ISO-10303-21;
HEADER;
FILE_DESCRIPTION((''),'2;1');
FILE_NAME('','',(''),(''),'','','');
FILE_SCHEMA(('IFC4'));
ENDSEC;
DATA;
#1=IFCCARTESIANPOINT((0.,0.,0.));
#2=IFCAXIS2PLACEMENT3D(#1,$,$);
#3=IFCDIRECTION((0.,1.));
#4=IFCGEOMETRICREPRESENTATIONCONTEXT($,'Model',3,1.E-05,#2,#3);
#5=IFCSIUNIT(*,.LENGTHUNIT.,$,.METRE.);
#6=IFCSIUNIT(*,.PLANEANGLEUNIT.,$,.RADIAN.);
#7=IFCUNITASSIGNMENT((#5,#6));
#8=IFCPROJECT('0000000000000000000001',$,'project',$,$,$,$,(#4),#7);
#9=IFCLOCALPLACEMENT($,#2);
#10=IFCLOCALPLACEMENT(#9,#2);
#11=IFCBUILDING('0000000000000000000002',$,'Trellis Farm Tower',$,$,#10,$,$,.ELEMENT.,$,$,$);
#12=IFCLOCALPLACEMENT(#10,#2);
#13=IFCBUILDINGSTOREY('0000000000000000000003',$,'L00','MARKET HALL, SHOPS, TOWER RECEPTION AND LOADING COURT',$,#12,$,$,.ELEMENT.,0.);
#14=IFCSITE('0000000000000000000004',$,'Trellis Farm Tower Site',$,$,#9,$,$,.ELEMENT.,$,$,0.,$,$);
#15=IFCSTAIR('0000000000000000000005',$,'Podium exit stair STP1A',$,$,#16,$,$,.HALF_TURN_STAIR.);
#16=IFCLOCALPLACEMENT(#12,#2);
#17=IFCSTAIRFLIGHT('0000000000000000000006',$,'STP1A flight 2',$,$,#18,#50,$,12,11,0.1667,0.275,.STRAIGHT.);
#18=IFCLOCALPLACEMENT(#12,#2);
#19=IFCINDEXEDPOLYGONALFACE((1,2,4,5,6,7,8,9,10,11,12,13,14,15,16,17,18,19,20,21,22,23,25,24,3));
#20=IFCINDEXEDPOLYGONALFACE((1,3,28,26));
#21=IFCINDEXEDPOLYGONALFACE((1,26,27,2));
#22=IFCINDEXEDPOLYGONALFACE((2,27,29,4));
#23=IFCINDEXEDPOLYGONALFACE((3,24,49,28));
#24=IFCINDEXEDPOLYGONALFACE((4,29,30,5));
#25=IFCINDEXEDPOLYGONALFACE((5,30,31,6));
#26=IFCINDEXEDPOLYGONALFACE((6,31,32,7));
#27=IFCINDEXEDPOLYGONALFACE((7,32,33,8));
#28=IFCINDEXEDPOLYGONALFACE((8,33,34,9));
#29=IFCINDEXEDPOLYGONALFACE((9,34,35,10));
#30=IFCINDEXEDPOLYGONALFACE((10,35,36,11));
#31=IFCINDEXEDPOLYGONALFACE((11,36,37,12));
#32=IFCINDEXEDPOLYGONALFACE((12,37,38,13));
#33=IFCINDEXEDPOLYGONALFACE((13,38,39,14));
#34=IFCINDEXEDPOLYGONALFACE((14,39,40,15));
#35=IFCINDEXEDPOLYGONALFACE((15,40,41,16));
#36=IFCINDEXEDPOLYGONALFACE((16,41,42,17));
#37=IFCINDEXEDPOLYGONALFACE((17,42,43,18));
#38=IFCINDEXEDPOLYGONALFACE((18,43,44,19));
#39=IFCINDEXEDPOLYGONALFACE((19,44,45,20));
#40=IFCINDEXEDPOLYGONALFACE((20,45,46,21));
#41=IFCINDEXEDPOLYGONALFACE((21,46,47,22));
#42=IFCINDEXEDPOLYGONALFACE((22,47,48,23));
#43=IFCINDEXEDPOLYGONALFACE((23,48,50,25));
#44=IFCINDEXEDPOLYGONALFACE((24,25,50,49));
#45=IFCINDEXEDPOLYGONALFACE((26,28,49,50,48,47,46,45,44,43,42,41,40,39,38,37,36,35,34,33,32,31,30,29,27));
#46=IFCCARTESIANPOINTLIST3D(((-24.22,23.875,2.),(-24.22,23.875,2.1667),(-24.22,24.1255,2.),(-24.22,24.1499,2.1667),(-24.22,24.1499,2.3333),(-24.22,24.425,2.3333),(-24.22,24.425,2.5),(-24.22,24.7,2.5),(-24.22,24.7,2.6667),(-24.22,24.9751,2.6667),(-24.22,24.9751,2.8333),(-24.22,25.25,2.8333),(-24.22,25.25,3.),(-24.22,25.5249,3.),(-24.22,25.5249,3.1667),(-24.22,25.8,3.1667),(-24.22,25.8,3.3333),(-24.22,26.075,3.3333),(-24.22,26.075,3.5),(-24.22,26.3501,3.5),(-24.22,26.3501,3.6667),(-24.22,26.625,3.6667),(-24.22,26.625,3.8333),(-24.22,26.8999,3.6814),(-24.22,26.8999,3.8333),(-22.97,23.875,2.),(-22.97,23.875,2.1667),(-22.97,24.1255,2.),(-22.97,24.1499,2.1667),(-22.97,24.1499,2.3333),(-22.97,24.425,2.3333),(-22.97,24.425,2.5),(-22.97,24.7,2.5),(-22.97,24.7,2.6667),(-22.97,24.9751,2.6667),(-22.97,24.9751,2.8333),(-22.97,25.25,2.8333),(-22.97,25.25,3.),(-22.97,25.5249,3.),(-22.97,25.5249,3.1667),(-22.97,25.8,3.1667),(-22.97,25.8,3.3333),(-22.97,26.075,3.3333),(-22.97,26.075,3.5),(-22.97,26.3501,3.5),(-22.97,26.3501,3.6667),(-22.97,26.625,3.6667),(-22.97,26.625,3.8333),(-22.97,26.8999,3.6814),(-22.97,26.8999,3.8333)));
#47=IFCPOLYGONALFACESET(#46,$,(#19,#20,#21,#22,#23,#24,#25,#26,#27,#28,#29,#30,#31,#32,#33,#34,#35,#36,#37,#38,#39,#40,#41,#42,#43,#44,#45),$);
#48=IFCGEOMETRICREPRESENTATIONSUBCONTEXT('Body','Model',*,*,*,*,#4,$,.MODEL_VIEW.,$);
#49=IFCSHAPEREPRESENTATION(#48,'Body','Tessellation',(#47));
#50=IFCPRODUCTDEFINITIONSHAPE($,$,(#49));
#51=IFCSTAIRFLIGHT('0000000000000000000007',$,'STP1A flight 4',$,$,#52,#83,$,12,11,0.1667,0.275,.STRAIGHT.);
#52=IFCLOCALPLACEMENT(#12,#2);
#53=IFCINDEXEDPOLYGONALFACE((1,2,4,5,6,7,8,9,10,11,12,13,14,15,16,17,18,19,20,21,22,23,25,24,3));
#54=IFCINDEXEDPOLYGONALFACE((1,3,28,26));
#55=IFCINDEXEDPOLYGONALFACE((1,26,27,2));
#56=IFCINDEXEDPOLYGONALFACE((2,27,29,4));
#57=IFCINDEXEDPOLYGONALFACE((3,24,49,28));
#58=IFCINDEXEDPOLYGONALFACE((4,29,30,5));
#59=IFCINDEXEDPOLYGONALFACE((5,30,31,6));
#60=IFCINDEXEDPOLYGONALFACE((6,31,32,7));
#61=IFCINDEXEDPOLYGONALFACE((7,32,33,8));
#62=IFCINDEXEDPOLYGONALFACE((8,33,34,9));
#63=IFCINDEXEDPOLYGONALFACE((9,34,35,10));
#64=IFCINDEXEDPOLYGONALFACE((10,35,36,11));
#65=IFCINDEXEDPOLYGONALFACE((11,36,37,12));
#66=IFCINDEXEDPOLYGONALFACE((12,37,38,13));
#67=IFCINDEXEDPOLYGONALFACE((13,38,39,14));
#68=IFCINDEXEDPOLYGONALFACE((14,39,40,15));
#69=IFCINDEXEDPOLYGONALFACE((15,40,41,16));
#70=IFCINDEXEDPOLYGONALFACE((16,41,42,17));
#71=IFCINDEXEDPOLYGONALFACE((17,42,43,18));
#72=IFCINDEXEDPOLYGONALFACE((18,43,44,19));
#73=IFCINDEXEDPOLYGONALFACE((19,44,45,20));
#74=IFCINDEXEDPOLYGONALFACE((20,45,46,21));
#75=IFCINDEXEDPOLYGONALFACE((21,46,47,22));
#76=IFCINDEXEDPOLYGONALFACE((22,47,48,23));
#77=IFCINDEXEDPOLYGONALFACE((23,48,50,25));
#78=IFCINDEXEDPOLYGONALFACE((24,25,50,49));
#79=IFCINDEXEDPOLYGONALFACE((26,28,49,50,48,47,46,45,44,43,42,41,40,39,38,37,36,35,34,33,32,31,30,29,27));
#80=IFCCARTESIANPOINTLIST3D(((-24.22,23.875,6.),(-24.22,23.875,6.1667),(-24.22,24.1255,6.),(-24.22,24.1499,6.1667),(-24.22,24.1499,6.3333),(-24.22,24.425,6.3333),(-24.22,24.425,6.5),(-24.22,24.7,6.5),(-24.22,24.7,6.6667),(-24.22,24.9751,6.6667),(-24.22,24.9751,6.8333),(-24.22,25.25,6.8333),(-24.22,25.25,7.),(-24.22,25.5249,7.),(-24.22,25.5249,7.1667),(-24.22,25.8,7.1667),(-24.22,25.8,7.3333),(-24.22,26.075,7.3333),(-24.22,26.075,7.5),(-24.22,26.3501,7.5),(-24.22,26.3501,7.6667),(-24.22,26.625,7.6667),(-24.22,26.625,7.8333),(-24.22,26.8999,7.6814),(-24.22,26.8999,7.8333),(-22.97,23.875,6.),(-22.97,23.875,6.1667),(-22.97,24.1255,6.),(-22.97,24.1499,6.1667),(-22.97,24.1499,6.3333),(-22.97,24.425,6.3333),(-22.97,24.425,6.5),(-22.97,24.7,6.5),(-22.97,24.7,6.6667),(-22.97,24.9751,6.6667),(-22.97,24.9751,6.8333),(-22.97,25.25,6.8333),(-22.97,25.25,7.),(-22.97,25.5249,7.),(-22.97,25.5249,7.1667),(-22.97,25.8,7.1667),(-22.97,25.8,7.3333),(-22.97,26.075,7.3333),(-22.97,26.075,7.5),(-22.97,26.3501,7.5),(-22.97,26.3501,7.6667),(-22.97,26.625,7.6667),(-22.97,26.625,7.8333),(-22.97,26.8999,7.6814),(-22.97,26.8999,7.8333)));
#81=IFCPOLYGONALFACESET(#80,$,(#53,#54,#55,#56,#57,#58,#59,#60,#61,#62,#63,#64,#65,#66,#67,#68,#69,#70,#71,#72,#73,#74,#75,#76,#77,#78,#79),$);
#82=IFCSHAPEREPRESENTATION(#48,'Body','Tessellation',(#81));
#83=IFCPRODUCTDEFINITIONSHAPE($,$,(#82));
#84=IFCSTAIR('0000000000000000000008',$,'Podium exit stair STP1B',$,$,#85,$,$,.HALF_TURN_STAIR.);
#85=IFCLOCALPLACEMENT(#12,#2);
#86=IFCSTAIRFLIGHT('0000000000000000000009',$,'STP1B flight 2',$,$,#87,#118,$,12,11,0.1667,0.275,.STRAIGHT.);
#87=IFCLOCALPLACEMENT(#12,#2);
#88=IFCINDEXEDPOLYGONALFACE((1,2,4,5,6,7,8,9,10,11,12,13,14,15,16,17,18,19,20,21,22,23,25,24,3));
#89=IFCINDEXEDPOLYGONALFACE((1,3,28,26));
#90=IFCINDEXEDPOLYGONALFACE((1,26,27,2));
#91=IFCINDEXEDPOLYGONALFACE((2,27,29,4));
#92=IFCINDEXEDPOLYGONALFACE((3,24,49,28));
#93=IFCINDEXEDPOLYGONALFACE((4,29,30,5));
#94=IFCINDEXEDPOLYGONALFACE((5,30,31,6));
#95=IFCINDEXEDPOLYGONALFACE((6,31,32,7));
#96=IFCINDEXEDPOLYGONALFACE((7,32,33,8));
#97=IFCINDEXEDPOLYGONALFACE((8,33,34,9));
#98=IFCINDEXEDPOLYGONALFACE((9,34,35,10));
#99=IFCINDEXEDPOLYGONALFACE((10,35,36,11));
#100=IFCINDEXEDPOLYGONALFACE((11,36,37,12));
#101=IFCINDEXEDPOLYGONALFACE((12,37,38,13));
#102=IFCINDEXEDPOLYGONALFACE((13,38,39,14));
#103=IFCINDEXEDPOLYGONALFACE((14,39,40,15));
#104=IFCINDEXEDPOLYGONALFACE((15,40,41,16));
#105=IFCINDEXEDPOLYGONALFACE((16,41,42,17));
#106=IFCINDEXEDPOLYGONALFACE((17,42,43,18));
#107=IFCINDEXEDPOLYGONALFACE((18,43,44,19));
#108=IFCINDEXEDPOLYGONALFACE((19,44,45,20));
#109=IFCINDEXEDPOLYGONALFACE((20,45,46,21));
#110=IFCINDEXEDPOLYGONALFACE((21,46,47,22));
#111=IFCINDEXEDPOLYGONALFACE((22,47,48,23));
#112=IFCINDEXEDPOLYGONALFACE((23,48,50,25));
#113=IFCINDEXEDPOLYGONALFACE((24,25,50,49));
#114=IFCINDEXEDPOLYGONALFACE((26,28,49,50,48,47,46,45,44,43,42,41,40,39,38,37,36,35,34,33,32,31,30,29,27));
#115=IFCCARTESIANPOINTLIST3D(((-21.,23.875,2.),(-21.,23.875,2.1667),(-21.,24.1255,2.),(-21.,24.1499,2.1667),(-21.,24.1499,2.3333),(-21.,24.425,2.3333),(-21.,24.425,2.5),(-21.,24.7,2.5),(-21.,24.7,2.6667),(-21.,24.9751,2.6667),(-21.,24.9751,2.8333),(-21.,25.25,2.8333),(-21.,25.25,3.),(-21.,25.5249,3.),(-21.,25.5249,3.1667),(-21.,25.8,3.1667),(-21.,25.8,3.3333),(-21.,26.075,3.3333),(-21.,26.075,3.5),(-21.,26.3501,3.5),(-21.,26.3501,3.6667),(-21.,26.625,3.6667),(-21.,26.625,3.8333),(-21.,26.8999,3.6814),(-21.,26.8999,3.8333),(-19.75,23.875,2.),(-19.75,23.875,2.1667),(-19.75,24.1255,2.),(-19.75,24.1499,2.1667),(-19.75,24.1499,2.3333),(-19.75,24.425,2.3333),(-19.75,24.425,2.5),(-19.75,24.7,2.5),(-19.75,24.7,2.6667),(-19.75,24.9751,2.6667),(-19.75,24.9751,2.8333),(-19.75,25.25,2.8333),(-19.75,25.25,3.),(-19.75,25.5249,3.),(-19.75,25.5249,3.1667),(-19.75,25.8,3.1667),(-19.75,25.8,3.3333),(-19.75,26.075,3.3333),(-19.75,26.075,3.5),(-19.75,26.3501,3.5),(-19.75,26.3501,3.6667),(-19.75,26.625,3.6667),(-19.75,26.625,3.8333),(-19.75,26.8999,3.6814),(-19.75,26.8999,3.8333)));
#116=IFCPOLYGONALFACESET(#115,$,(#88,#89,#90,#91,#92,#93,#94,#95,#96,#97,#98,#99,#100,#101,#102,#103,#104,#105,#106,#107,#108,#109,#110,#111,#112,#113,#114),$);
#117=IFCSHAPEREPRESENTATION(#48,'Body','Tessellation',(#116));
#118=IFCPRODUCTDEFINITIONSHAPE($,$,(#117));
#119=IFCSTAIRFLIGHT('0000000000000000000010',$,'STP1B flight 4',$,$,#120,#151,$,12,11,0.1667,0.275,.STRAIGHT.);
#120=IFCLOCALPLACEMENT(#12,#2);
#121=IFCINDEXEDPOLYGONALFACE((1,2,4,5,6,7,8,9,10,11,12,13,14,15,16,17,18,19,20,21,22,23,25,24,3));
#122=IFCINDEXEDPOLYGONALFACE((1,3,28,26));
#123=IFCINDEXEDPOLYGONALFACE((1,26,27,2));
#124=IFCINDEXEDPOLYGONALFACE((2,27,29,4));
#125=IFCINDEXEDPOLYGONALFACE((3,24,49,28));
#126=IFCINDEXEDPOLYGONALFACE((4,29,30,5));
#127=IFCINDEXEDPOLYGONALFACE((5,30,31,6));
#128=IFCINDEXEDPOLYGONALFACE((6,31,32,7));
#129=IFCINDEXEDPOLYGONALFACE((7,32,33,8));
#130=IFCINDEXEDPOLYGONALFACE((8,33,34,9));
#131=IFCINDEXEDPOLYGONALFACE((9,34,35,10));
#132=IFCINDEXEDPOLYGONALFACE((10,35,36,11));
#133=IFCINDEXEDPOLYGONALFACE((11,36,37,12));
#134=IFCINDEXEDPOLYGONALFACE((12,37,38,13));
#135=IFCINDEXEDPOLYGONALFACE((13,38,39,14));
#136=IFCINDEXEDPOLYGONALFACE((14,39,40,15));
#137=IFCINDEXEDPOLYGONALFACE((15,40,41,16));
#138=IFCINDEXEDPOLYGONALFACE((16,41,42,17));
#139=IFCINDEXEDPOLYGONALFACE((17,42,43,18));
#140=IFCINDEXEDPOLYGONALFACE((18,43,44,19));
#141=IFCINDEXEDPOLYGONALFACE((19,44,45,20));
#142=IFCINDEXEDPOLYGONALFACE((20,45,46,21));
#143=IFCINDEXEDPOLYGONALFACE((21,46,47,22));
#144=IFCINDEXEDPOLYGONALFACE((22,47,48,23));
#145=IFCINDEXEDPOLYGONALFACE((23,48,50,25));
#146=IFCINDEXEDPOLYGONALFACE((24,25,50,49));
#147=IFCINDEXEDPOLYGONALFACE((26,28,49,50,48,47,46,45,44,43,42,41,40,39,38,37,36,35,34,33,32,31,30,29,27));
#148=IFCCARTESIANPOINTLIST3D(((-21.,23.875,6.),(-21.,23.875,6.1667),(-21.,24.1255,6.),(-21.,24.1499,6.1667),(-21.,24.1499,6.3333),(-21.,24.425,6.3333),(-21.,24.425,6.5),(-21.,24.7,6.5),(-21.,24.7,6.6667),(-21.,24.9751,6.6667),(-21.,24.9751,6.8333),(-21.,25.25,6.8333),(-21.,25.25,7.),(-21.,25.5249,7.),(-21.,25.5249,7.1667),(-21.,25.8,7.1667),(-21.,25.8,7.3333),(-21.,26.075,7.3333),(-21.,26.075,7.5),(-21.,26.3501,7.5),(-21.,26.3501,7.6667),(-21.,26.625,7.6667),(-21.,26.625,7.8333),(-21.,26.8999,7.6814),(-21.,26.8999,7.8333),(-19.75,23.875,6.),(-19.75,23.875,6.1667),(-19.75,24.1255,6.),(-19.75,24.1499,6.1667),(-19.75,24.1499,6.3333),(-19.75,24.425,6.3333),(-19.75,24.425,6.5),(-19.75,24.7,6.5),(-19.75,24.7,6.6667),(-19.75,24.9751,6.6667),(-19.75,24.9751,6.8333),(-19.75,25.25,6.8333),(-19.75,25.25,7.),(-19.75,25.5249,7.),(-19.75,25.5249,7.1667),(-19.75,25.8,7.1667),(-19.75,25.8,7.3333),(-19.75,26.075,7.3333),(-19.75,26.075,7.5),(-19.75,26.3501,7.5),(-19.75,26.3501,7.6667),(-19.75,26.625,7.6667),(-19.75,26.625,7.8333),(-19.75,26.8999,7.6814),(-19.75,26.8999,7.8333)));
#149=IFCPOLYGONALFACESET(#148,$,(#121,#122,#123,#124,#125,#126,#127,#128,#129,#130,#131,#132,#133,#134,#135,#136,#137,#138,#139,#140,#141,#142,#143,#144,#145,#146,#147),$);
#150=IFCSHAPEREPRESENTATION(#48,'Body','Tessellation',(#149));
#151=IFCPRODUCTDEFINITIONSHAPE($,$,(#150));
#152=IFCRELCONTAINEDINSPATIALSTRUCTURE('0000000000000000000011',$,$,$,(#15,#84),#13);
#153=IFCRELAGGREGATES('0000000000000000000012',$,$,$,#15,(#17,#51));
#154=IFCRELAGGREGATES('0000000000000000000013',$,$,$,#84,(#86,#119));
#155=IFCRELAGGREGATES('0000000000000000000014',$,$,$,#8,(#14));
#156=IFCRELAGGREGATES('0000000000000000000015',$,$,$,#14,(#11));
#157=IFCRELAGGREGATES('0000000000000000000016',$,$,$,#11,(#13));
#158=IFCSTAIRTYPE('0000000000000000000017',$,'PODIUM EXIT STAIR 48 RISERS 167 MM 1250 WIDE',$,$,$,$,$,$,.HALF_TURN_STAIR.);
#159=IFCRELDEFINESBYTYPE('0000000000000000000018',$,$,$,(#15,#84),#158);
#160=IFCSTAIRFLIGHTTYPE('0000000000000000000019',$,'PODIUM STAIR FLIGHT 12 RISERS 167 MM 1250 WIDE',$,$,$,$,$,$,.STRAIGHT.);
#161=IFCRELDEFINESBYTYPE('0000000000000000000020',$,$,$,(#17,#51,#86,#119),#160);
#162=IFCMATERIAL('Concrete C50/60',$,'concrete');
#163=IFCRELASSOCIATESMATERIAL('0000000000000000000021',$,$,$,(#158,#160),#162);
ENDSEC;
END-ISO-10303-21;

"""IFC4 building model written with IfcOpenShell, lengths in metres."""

from ifc_helpers import new_model, si_unit, direction, frame, origin, place, context, subcontext, project, spatial, polyline, outline, extrude, source, transform, mapped, material, type_object, element, aggregate, save


model = new_model("IFC4")

# Units and contexts
model_context = context("Model", 3, precision=1e-05, world=origin(), true_north=direction((0.0, 1.0)))
body_context = subcontext(model_context, "Body", "Model", "MODEL_VIEW")
ifc_project = project(units=[si_unit("LENGTHUNIT", "METRE"), si_unit("PLANEANGLEUNIT", "RADIAN")], contexts=[model_context])

# Site, building, storey
site_placement = place(None, origin())
site = spatial("IfcSite", under=ifc_project, at=site_placement, Name="Trellis Farm Tower Site", CompositionType="ELEMENT", RefElevation=0.0)
building_placement = place(site_placement, origin())
building = spatial("IfcBuilding", under=site, at=building_placement, Name="Trellis Farm Tower", CompositionType="ELEMENT")
storey_placement = place(building_placement, origin())
storey = spatial("IfcBuildingStorey", under=building, at=storey_placement, Name="L00", Description="MARKET HALL, SHOPS, TOWER RECEPTION AND LOADING COURT", CompositionType="ELEMENT", Elevation=0.0)

# Stairs, stair flights
ifc_material_1 = material(Name="Concrete C50/60", Category="concrete")
stair_type = type_object("IfcStairType", Name="PODIUM EXIT STAIR 48 RISERS 167 MM 1250 WIDE", PredefinedType="HALF_TURN_STAIR", material=ifc_material_1)
placement = place(storey_placement, origin())
stair_1 = element("IfcStair", 1, at=placement, inside=storey, type_object=stair_type, Name="Podium exit stair STP1A", PredefinedType="HALF_TURN_STAIR")
stair_flight_type = type_object("IfcStairFlightType", Name="PODIUM STAIR FLIGHT 12 RISERS 167 MM 1250 WIDE", PredefinedType="STRAIGHT", material=ifc_material_1)
shared_shape_1 = source(origin(), body_context, "Body", "SweptSolid", [
    extrude(outline(polyline([(0.0, 0.0), (0.0, 0.1667), (0.2749, 0.1667), (0.2749, 0.3333), (0.55, 0.3333), (0.55, 0.5), (0.825, 0.5), (0.825, 0.6667), (1.1001, 0.6667), (1.1001, 0.8333), (1.375, 0.8333), (1.375, 1.0), (1.6499, 1.0), (1.6499, 1.1667), (1.925, 1.1667), (1.925, 1.3333), (2.2, 1.3333), (2.2, 1.5), (2.4751, 1.5), (2.4751, 1.6667), (2.75, 1.6667), (2.75, 1.8333), (3.0249, 1.8333), (3.0249, 2.0), (3.0249, 1.6814), (0.2505, 0.0), (0.0, 0.0)])), frame((0.0, 0.625, 0.0), z_axis=(0.0, -1.0, 0.0), x_axis=(1.0, 0.0, 0.0)), (0.0, 0.0, 1.0), 1.25),
])
stair_flight_1_placement = place(storey_placement, frame((-23.595, 23.875, 2.0), z_axis=(0.0, 0.0, 1.0), x_axis=(0.0, 1.0, 0.0)))
stair_flight_1 = element("IfcStairFlight", 2, at=stair_flight_1_placement, type_object=stair_flight_type, Name="STP1A flight 2", NumberOfRisers=12, NumberOfTreads=11, PredefinedType="STRAIGHT", RiserHeight=0.1667, TreadLength=0.275, context=body_context, shape_type="MappedRepresentation", body=[
    mapped(shared_shape_1, transform((0.0, 0.0, 0.0))),
])
stair_flight_2_placement = place(storey_placement, frame((-23.595, 23.875, 6.0), z_axis=(0.0, 0.0, 1.0), x_axis=(0.0, 1.0, 0.0)))
stair_flight_2 = element("IfcStairFlight", 3, at=stair_flight_2_placement, type_object=stair_flight_type, Name="STP1A flight 4", NumberOfRisers=12, NumberOfTreads=11, PredefinedType="STRAIGHT", RiserHeight=0.1667, TreadLength=0.275, context=body_context, shape_type="MappedRepresentation", body=[
    mapped(shared_shape_1, transform((0.0, 0.0, 0.0))),
])
aggregate(stair_1, [stair_flight_1, stair_flight_2])
stair_2 = element("IfcStair", 4, at=placement, inside=storey, type_object=stair_type, Name="Podium exit stair STP1B", PredefinedType="HALF_TURN_STAIR")
stair_flight_3_placement = place(storey_placement, frame((-20.375, 23.875, 2.0), z_axis=(0.0, 0.0, 1.0), x_axis=(0.0, 1.0, 0.0)))
stair_flight_3 = element("IfcStairFlight", 5, at=stair_flight_3_placement, type_object=stair_flight_type, Name="STP1B flight 2", NumberOfRisers=12, NumberOfTreads=11, PredefinedType="STRAIGHT", RiserHeight=0.1667, TreadLength=0.275, context=body_context, shape_type="MappedRepresentation", body=[
    mapped(shared_shape_1, transform((0.0, 0.0, 0.0))),
])
stair_flight_4_placement = place(storey_placement, frame((-20.375, 23.875, 6.0), z_axis=(0.0, 0.0, 1.0), x_axis=(0.0, 1.0, 0.0)))
stair_flight_4 = element("IfcStairFlight", 6, at=stair_flight_4_placement, type_object=stair_flight_type, Name="STP1B flight 4", NumberOfRisers=12, NumberOfTreads=11, PredefinedType="STRAIGHT", RiserHeight=0.1667, TreadLength=0.275, context=body_context, shape_type="MappedRepresentation", body=[
    mapped(shared_shape_1, transform((0.0, 0.0, 0.0))),
])
aggregate(stair_2, [stair_flight_3, stair_flight_4])

save(model, "model.ifc")
